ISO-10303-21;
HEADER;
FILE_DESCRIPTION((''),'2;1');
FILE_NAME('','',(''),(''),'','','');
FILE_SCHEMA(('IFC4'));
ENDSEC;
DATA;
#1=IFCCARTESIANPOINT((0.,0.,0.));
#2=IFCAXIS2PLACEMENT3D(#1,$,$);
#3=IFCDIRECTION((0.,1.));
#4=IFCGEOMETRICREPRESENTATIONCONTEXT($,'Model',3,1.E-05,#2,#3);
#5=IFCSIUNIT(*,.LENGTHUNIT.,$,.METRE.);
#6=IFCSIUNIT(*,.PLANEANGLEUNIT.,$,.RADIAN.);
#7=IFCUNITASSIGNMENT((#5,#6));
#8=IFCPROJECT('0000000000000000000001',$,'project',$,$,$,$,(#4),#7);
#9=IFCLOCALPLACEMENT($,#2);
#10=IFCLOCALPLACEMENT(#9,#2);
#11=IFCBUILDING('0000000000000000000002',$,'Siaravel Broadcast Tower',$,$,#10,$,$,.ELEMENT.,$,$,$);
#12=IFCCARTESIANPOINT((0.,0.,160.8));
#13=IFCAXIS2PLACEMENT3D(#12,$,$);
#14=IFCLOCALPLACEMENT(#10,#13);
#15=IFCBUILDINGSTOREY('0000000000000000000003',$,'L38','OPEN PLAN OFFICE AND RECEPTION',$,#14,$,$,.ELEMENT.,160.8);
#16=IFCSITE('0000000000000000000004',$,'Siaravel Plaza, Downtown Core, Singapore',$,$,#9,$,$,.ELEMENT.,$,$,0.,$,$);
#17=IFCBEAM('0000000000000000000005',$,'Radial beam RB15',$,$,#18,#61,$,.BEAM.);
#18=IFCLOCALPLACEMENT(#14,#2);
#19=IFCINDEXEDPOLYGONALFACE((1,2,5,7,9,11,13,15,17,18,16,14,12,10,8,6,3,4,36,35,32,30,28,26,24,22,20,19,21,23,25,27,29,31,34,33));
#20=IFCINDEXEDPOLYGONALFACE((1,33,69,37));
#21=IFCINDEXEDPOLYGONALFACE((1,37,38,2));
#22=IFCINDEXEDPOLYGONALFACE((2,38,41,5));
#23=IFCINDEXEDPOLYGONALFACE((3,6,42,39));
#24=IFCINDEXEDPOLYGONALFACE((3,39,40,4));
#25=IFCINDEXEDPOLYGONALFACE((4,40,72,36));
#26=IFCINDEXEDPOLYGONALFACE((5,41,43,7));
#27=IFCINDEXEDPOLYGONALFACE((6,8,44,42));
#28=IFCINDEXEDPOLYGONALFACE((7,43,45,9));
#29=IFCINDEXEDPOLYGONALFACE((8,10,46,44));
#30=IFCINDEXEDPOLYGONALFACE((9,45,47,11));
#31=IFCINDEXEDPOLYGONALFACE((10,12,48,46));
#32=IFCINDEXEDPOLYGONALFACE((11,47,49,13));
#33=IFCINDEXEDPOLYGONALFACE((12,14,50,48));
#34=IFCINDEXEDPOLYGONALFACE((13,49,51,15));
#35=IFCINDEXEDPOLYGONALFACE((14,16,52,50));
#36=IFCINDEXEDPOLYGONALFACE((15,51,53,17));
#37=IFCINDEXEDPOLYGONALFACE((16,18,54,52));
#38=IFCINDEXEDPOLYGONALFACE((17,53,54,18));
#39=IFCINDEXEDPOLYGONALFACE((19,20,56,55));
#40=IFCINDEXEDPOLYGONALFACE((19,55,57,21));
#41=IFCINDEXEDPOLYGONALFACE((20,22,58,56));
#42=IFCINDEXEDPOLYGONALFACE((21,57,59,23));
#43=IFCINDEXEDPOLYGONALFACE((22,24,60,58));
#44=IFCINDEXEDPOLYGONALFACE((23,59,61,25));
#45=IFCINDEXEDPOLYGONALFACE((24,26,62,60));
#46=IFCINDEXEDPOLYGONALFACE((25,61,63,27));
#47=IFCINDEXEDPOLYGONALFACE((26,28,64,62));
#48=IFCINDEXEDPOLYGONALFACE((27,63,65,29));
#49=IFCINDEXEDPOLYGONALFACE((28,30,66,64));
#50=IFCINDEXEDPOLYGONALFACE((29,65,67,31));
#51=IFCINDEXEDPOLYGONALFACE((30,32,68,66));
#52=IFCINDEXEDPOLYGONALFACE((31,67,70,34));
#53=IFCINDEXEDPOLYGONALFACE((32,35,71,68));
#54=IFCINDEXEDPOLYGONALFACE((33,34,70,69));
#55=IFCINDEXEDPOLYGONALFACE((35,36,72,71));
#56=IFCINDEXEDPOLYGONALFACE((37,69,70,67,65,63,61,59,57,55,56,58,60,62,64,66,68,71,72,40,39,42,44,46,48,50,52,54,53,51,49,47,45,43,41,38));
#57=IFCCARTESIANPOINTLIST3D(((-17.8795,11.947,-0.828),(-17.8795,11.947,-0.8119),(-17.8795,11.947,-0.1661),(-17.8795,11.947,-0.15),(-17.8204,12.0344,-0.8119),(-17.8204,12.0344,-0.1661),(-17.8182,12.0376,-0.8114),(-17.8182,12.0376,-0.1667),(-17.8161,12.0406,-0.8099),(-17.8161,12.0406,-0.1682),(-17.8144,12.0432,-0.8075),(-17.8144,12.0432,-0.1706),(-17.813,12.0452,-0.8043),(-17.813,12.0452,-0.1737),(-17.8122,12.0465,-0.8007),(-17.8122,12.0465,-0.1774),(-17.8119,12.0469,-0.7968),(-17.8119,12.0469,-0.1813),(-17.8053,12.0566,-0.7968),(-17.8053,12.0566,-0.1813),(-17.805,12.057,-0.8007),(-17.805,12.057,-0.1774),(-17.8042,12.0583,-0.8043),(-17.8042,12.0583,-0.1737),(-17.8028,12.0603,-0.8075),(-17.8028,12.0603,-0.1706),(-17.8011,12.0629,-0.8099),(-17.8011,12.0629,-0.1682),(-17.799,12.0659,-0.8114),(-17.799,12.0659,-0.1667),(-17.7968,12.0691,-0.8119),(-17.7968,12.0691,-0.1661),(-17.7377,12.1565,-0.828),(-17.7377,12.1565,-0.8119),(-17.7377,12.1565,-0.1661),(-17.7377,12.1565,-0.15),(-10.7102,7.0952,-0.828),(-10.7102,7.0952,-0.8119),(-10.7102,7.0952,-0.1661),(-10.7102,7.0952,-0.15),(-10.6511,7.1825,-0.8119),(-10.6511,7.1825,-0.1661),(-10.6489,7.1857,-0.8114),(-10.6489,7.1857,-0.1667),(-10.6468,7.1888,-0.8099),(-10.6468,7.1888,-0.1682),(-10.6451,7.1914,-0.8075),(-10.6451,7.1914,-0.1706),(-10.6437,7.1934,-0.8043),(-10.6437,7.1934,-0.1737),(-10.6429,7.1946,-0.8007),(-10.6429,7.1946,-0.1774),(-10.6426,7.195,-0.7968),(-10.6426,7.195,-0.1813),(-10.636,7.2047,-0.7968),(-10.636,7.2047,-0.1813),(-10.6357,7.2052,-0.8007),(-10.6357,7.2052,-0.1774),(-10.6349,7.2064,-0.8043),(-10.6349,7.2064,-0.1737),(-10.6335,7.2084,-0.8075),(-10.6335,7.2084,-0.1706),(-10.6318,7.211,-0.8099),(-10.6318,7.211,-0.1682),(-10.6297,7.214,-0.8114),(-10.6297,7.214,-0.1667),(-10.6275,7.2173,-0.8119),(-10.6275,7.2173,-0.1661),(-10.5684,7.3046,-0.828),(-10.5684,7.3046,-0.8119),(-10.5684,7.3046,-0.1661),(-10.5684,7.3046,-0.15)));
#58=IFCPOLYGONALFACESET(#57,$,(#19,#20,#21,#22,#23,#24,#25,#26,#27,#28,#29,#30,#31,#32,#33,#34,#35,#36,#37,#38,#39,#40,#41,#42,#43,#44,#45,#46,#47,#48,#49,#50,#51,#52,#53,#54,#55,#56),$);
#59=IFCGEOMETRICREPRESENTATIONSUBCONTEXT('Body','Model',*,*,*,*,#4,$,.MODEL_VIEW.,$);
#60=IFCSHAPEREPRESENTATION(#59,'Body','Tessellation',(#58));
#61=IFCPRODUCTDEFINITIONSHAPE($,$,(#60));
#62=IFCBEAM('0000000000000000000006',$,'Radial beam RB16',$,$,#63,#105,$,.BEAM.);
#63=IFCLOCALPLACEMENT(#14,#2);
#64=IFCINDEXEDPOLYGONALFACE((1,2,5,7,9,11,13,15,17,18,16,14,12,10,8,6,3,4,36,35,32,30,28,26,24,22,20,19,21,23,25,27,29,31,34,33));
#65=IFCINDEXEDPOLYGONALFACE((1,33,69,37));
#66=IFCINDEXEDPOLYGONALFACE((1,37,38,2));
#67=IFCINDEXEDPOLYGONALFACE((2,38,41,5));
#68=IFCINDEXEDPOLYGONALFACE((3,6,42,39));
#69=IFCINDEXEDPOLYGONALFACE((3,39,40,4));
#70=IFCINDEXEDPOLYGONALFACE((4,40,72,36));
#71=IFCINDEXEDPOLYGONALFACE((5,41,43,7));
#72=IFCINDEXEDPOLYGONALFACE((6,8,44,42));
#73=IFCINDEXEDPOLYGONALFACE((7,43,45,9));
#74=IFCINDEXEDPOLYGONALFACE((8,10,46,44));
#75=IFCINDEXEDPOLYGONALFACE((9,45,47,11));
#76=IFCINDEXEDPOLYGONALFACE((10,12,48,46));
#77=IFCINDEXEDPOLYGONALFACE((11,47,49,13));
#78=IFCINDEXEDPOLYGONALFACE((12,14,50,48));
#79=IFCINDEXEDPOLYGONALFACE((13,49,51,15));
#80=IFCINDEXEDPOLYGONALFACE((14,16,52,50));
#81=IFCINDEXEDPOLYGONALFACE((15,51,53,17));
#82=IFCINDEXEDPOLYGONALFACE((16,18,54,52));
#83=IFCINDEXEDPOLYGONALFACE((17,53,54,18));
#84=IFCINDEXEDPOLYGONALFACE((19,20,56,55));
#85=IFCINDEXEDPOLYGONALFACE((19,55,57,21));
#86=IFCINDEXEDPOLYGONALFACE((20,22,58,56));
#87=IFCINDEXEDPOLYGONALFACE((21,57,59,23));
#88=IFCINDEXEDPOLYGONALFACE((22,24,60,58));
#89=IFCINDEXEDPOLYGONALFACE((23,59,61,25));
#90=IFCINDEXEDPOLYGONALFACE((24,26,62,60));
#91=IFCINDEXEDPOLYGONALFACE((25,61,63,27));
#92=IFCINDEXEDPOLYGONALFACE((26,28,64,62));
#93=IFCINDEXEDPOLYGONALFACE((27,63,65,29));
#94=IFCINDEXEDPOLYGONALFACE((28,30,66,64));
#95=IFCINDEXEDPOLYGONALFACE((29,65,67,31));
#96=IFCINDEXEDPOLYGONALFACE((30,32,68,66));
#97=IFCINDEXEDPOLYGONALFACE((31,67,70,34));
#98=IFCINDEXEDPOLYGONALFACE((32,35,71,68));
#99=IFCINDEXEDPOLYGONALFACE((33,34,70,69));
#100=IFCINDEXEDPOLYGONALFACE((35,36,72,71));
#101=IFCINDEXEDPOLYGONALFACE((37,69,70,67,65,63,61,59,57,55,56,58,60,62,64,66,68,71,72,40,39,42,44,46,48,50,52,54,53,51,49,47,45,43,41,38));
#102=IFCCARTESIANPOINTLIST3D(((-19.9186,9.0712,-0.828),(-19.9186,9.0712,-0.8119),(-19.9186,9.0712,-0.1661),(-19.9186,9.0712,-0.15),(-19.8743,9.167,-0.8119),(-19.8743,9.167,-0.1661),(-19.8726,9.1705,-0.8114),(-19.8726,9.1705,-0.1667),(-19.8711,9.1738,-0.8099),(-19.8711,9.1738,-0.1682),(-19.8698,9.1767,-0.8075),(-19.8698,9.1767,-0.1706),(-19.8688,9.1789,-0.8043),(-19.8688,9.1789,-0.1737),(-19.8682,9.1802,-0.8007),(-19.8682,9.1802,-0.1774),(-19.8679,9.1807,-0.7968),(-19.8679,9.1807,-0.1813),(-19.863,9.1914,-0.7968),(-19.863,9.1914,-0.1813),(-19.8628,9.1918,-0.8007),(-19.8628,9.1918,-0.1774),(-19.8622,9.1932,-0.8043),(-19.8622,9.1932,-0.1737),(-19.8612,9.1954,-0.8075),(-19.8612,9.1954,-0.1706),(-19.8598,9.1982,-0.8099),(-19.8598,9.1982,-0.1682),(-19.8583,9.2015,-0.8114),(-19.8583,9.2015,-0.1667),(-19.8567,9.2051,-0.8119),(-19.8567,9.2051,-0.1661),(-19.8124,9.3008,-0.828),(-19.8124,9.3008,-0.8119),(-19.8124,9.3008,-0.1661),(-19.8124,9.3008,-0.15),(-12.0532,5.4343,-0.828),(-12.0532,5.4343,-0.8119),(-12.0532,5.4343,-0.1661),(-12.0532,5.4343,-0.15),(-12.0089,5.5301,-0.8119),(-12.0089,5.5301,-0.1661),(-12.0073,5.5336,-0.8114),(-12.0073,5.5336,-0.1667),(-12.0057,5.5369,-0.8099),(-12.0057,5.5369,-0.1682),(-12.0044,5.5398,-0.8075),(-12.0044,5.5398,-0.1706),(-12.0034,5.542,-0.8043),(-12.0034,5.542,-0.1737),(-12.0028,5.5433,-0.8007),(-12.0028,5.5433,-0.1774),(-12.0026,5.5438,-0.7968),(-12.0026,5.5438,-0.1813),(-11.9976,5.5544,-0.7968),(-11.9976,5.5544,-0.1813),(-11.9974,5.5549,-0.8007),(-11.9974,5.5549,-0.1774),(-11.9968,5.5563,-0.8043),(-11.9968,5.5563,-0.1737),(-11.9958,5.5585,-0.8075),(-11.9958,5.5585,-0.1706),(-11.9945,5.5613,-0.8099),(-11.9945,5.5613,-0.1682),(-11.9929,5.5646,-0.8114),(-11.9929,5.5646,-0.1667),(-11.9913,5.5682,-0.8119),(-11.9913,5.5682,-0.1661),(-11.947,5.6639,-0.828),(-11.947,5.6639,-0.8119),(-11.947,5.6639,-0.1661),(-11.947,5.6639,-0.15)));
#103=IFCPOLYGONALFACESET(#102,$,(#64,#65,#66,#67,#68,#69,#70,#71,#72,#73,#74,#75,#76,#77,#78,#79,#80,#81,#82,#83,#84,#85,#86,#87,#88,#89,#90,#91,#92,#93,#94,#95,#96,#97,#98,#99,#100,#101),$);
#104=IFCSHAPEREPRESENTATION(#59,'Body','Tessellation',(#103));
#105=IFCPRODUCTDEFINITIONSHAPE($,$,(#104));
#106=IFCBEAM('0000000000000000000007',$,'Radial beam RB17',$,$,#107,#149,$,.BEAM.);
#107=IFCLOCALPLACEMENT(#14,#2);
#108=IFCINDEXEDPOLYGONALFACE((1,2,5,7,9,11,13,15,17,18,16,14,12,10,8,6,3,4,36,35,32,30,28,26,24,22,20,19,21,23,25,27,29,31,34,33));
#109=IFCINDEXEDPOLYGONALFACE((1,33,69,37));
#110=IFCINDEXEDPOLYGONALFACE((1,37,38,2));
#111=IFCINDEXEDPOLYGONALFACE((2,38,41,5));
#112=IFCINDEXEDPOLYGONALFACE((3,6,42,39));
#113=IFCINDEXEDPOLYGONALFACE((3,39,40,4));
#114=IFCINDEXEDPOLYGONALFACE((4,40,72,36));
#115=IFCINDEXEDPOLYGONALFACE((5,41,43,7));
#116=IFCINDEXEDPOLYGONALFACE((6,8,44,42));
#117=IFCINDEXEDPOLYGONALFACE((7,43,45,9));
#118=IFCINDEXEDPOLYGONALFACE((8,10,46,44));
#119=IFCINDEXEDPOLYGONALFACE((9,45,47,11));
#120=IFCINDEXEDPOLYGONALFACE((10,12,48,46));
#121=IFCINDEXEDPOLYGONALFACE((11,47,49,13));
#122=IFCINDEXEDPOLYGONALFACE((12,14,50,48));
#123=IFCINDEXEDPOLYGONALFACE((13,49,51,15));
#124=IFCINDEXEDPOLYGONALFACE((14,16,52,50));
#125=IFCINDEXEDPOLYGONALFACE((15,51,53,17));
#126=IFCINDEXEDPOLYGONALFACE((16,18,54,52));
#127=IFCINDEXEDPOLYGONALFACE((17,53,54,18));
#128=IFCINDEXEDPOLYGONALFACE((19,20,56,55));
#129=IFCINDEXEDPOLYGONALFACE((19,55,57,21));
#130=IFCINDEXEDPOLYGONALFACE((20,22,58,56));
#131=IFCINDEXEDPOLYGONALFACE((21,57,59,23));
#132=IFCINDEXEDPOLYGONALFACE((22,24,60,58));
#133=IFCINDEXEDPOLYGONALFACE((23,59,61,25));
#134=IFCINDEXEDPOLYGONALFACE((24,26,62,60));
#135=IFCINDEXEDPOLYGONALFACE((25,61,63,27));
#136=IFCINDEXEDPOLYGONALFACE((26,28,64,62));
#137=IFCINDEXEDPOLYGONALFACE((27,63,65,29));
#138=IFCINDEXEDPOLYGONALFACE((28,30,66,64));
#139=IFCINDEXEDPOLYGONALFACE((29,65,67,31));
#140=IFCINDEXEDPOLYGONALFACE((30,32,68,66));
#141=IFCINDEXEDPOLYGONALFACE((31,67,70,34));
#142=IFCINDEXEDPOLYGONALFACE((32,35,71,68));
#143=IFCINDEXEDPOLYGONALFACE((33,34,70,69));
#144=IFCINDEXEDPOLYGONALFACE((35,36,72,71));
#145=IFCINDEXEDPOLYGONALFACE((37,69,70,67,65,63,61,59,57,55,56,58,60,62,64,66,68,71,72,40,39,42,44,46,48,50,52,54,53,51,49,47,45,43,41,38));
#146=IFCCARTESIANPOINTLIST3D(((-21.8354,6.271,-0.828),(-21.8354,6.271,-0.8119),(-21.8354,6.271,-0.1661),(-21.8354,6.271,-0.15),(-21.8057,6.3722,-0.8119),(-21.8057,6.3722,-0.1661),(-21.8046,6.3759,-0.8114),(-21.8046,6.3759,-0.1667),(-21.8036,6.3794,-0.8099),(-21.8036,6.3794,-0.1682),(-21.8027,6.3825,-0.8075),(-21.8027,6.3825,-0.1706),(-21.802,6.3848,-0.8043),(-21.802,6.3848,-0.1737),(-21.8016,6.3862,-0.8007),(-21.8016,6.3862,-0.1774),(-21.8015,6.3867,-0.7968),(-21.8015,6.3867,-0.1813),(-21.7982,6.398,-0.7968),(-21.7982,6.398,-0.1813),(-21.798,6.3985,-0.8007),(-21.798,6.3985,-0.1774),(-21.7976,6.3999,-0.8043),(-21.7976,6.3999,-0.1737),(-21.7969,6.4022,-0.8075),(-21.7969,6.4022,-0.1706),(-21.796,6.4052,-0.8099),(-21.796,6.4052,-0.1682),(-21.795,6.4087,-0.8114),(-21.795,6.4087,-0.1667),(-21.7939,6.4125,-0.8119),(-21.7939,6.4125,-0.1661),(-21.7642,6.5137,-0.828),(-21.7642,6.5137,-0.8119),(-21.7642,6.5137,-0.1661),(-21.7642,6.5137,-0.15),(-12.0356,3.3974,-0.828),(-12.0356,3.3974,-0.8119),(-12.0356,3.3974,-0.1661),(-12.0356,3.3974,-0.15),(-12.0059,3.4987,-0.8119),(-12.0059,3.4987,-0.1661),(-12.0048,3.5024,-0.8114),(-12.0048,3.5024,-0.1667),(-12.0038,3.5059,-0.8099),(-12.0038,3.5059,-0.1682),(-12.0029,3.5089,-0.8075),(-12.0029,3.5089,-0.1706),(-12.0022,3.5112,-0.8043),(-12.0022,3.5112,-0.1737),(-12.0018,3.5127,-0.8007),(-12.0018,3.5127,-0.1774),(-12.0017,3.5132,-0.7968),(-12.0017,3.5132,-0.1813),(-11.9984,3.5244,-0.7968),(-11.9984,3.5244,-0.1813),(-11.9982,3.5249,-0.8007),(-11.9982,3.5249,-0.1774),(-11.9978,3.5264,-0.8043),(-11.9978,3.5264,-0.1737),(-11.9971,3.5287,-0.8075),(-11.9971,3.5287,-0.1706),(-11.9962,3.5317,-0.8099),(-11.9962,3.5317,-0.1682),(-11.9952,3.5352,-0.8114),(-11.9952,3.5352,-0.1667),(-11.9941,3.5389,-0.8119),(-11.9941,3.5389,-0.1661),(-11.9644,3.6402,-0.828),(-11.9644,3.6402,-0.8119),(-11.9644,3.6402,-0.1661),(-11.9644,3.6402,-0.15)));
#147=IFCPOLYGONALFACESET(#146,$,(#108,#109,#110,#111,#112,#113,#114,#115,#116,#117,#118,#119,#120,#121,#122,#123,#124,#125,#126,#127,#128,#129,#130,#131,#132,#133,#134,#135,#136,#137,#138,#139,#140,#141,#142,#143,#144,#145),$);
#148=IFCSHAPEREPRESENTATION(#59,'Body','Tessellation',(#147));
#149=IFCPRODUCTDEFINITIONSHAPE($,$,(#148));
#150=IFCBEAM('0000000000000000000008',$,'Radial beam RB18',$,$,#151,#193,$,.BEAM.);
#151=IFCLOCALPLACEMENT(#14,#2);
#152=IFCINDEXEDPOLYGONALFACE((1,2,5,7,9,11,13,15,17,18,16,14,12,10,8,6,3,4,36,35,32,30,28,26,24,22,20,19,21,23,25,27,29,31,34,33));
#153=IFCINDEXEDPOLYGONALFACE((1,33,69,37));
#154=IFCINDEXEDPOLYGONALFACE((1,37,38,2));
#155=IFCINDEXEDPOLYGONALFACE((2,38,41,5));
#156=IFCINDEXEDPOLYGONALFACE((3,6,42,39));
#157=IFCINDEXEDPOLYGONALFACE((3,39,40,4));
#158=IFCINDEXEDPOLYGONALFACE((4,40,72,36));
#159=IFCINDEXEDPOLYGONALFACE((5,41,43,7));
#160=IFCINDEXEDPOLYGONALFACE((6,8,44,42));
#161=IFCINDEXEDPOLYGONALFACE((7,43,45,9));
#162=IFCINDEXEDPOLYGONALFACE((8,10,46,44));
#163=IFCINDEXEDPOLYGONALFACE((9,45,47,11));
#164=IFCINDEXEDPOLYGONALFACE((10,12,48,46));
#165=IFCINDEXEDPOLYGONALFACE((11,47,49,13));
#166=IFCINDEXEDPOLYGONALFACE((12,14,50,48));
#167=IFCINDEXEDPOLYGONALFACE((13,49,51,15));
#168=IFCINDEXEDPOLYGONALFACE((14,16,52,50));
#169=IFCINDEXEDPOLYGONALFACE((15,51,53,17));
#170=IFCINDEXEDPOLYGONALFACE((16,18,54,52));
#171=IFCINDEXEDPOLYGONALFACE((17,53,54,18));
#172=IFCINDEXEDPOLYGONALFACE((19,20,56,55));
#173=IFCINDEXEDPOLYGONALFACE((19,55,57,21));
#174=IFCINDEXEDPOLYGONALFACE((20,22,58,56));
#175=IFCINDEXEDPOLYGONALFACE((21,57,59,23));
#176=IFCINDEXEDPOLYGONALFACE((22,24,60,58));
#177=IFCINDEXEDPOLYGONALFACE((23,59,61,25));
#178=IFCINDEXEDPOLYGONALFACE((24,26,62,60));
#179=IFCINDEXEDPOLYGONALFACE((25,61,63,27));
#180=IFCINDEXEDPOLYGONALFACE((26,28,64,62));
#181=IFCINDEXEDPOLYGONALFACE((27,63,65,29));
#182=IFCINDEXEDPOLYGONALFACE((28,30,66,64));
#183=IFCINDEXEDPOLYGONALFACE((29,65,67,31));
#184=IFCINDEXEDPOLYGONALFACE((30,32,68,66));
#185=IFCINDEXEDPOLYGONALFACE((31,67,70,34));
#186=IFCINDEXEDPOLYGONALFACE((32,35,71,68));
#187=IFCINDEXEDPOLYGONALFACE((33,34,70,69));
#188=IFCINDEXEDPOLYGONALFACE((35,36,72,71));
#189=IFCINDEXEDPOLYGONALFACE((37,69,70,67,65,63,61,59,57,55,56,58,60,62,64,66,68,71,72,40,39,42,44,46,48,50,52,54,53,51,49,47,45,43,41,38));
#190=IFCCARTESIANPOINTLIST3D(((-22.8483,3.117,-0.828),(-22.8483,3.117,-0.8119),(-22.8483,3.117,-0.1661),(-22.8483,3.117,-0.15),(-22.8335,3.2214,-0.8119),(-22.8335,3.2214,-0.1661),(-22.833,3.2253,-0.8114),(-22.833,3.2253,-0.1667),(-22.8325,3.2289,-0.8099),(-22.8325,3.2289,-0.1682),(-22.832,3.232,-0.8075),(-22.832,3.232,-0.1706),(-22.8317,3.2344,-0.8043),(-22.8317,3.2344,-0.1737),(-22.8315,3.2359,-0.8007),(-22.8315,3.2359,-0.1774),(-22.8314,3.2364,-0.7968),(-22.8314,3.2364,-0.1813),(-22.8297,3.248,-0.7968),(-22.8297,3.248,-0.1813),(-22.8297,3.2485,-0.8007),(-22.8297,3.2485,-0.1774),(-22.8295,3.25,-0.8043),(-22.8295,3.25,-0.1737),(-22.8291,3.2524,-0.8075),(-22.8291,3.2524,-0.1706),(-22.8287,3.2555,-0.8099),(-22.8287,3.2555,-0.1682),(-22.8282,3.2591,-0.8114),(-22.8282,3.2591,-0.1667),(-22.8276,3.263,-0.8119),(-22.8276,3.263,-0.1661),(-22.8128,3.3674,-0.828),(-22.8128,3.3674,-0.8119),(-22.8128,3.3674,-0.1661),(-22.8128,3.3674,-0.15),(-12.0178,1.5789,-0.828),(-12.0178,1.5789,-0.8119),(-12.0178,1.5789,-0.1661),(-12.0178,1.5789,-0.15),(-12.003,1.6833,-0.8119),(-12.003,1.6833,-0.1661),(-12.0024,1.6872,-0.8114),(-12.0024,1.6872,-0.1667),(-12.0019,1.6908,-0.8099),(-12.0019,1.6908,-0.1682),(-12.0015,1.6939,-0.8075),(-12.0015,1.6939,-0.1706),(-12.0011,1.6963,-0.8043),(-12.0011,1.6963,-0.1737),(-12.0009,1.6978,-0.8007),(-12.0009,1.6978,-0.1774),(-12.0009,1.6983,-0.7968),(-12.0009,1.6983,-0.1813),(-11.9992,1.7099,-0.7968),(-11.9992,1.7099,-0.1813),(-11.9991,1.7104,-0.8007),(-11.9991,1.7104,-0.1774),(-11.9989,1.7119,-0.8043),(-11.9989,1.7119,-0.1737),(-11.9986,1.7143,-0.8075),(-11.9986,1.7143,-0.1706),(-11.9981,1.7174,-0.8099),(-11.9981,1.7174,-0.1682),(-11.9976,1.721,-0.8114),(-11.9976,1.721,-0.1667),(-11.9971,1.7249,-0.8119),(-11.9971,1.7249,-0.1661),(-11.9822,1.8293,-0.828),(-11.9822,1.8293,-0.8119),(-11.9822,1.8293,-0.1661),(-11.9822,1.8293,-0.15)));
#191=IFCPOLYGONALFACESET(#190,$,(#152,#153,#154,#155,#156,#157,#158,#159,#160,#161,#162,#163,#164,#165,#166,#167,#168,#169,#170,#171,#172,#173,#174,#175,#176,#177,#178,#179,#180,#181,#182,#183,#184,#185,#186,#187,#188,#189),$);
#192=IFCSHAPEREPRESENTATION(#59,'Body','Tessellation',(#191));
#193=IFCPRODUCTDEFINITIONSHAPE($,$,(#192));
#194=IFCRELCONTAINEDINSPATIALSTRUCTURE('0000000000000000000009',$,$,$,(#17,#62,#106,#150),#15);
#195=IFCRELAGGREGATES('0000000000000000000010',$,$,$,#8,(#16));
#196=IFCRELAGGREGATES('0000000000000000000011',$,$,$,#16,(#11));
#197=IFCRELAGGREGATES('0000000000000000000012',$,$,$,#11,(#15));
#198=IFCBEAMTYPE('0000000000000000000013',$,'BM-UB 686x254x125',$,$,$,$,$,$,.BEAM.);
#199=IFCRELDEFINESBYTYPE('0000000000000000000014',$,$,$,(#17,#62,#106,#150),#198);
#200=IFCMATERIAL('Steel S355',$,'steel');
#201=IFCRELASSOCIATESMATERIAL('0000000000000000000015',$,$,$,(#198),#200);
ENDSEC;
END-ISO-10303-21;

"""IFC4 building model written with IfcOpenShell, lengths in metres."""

from ifc_helpers import new_model, si_unit, direction, frame, origin, origin_2d, place, context, subcontext, project, spatial, i_section, extrude, material, material_profile, profile_set, type_object, element, save


model = new_model("IFC4")

# Units and contexts
model_context = context("Model", 3, precision=1e-05, world=origin(), true_north=direction((0.0, 1.0)))
body_context = subcontext(model_context, "Body", "Model", "MODEL_VIEW")
ifc_project = project(units=[si_unit("LENGTHUNIT", "METRE"), si_unit("PLANEANGLEUNIT", "RADIAN")], contexts=[model_context])

# Site, building, storey
site_placement = place(None, origin())
site = spatial("IfcSite", under=ifc_project, at=site_placement, Name="Siaravel Plaza, Downtown Core, Singapore", CompositionType="ELEMENT", RefElevation=0.0)
building_placement = place(site_placement, origin())
building = spatial("IfcBuilding", under=site, at=building_placement, Name="Siaravel Broadcast Tower", CompositionType="ELEMENT")
storey_placement = place(building_placement, frame((0.0, 0.0, 160.8)))
storey = spatial("IfcBuildingStorey", under=building, at=storey_placement, Name="L38", Description="OPEN PLAN OFFICE AND RECEPTION", CompositionType="ELEMENT", Elevation=160.8)

# Beams
ifc_material_1 = material(Name="Steel S355", Category="steel")
ifc_material_profile_1 = material_profile(ifc_material_1, i_section(OverallWidth=0.2529, OverallDepth=0.678, WebThickness=0.0117, FlangeThickness=0.0161, FilletRadius=0.0151, at=origin_2d()))
ifc_profile_set_1 = profile_set([ifc_material_profile_1], Name="Steel S355")
beam_type = type_object("IfcBeamType", Name="BM-UB 686x254x125", PredefinedType="BEAM", material=ifc_profile_set_1)
beam_1_placement = place(storey_placement, frame((-17.8086, 12.0518, -0.489), z_axis=(0.828173, -0.560473, 0.0), x_axis=(0.560473, 0.828173, 0.0)))
element("IfcBeam", 1, at=beam_1_placement, inside=storey, type_object=beam_type, Name="Radial beam RB15", PredefinedType="BEAM", context=body_context, shape_type="SweptSolid", body=[
    extrude(i_section(OverallWidth=0.2529, OverallDepth=0.678, WebThickness=0.0117, FlangeThickness=0.0161, FilletRadius=0.0151, at=origin_2d()), origin(), (0.0, 0.0, 1.0), 8.6567),
])
beam_2_placement = place(storey_placement, frame((-19.8655, 9.186, -0.489), z_axis=(0.907663, -0.419699, 0.0), x_axis=(0.419699, 0.907663, 0.0)))
element("IfcBeam", 2, at=beam_2_placement, inside=storey, type_object=beam_type, Name="Radial beam RB16", PredefinedType="BEAM", context=body_context, shape_type="SweptSolid", body=[
    extrude(i_section(OverallWidth=0.2529, OverallDepth=0.678, WebThickness=0.0117, FlangeThickness=0.0161, FilletRadius=0.0151, at=origin_2d()), origin(), (0.0, 0.0, 1.0), 8.6655),
])
beam_3_placement = place(storey_placement, frame((-21.7998, 6.3923, -0.489), z_axis=(0.959597, -0.281377, 0.0), x_axis=(0.281377, 0.959597, 0.0)))
element("IfcBeam", 3, at=beam_3_placement, inside=storey, type_object=beam_type, Name="Radial beam RB17", PredefinedType="BEAM", context=body_context, shape_type="SweptSolid", body=[
    extrude(i_section(OverallWidth=0.2529, OverallDepth=0.678, WebThickness=0.0117, FlangeThickness=0.0161, FilletRadius=0.0151, at=origin_2d()), origin(), (0.0, 0.0, 1.0), 10.2124),
])
beam_4_placement = place(storey_placement, frame((-22.8306, 3.2422, -0.489), z_axis=(0.990066, -0.140603, 0.0), x_axis=(0.140603, 0.990066, 0.0)))
element("IfcBeam", 4, at=beam_4_placement, inside=storey, type_object=beam_type, Name="Radial beam RB18", PredefinedType="BEAM", context=body_context, shape_type="SweptSolid", body=[
    extrude(i_section(OverallWidth=0.2529, OverallDepth=0.678, WebThickness=0.0117, FlangeThickness=0.0161, FilletRadius=0.0151, at=origin_2d()), origin(), (0.0, 0.0, 1.0), 10.9392),
])

save(model, "model.ifc")
